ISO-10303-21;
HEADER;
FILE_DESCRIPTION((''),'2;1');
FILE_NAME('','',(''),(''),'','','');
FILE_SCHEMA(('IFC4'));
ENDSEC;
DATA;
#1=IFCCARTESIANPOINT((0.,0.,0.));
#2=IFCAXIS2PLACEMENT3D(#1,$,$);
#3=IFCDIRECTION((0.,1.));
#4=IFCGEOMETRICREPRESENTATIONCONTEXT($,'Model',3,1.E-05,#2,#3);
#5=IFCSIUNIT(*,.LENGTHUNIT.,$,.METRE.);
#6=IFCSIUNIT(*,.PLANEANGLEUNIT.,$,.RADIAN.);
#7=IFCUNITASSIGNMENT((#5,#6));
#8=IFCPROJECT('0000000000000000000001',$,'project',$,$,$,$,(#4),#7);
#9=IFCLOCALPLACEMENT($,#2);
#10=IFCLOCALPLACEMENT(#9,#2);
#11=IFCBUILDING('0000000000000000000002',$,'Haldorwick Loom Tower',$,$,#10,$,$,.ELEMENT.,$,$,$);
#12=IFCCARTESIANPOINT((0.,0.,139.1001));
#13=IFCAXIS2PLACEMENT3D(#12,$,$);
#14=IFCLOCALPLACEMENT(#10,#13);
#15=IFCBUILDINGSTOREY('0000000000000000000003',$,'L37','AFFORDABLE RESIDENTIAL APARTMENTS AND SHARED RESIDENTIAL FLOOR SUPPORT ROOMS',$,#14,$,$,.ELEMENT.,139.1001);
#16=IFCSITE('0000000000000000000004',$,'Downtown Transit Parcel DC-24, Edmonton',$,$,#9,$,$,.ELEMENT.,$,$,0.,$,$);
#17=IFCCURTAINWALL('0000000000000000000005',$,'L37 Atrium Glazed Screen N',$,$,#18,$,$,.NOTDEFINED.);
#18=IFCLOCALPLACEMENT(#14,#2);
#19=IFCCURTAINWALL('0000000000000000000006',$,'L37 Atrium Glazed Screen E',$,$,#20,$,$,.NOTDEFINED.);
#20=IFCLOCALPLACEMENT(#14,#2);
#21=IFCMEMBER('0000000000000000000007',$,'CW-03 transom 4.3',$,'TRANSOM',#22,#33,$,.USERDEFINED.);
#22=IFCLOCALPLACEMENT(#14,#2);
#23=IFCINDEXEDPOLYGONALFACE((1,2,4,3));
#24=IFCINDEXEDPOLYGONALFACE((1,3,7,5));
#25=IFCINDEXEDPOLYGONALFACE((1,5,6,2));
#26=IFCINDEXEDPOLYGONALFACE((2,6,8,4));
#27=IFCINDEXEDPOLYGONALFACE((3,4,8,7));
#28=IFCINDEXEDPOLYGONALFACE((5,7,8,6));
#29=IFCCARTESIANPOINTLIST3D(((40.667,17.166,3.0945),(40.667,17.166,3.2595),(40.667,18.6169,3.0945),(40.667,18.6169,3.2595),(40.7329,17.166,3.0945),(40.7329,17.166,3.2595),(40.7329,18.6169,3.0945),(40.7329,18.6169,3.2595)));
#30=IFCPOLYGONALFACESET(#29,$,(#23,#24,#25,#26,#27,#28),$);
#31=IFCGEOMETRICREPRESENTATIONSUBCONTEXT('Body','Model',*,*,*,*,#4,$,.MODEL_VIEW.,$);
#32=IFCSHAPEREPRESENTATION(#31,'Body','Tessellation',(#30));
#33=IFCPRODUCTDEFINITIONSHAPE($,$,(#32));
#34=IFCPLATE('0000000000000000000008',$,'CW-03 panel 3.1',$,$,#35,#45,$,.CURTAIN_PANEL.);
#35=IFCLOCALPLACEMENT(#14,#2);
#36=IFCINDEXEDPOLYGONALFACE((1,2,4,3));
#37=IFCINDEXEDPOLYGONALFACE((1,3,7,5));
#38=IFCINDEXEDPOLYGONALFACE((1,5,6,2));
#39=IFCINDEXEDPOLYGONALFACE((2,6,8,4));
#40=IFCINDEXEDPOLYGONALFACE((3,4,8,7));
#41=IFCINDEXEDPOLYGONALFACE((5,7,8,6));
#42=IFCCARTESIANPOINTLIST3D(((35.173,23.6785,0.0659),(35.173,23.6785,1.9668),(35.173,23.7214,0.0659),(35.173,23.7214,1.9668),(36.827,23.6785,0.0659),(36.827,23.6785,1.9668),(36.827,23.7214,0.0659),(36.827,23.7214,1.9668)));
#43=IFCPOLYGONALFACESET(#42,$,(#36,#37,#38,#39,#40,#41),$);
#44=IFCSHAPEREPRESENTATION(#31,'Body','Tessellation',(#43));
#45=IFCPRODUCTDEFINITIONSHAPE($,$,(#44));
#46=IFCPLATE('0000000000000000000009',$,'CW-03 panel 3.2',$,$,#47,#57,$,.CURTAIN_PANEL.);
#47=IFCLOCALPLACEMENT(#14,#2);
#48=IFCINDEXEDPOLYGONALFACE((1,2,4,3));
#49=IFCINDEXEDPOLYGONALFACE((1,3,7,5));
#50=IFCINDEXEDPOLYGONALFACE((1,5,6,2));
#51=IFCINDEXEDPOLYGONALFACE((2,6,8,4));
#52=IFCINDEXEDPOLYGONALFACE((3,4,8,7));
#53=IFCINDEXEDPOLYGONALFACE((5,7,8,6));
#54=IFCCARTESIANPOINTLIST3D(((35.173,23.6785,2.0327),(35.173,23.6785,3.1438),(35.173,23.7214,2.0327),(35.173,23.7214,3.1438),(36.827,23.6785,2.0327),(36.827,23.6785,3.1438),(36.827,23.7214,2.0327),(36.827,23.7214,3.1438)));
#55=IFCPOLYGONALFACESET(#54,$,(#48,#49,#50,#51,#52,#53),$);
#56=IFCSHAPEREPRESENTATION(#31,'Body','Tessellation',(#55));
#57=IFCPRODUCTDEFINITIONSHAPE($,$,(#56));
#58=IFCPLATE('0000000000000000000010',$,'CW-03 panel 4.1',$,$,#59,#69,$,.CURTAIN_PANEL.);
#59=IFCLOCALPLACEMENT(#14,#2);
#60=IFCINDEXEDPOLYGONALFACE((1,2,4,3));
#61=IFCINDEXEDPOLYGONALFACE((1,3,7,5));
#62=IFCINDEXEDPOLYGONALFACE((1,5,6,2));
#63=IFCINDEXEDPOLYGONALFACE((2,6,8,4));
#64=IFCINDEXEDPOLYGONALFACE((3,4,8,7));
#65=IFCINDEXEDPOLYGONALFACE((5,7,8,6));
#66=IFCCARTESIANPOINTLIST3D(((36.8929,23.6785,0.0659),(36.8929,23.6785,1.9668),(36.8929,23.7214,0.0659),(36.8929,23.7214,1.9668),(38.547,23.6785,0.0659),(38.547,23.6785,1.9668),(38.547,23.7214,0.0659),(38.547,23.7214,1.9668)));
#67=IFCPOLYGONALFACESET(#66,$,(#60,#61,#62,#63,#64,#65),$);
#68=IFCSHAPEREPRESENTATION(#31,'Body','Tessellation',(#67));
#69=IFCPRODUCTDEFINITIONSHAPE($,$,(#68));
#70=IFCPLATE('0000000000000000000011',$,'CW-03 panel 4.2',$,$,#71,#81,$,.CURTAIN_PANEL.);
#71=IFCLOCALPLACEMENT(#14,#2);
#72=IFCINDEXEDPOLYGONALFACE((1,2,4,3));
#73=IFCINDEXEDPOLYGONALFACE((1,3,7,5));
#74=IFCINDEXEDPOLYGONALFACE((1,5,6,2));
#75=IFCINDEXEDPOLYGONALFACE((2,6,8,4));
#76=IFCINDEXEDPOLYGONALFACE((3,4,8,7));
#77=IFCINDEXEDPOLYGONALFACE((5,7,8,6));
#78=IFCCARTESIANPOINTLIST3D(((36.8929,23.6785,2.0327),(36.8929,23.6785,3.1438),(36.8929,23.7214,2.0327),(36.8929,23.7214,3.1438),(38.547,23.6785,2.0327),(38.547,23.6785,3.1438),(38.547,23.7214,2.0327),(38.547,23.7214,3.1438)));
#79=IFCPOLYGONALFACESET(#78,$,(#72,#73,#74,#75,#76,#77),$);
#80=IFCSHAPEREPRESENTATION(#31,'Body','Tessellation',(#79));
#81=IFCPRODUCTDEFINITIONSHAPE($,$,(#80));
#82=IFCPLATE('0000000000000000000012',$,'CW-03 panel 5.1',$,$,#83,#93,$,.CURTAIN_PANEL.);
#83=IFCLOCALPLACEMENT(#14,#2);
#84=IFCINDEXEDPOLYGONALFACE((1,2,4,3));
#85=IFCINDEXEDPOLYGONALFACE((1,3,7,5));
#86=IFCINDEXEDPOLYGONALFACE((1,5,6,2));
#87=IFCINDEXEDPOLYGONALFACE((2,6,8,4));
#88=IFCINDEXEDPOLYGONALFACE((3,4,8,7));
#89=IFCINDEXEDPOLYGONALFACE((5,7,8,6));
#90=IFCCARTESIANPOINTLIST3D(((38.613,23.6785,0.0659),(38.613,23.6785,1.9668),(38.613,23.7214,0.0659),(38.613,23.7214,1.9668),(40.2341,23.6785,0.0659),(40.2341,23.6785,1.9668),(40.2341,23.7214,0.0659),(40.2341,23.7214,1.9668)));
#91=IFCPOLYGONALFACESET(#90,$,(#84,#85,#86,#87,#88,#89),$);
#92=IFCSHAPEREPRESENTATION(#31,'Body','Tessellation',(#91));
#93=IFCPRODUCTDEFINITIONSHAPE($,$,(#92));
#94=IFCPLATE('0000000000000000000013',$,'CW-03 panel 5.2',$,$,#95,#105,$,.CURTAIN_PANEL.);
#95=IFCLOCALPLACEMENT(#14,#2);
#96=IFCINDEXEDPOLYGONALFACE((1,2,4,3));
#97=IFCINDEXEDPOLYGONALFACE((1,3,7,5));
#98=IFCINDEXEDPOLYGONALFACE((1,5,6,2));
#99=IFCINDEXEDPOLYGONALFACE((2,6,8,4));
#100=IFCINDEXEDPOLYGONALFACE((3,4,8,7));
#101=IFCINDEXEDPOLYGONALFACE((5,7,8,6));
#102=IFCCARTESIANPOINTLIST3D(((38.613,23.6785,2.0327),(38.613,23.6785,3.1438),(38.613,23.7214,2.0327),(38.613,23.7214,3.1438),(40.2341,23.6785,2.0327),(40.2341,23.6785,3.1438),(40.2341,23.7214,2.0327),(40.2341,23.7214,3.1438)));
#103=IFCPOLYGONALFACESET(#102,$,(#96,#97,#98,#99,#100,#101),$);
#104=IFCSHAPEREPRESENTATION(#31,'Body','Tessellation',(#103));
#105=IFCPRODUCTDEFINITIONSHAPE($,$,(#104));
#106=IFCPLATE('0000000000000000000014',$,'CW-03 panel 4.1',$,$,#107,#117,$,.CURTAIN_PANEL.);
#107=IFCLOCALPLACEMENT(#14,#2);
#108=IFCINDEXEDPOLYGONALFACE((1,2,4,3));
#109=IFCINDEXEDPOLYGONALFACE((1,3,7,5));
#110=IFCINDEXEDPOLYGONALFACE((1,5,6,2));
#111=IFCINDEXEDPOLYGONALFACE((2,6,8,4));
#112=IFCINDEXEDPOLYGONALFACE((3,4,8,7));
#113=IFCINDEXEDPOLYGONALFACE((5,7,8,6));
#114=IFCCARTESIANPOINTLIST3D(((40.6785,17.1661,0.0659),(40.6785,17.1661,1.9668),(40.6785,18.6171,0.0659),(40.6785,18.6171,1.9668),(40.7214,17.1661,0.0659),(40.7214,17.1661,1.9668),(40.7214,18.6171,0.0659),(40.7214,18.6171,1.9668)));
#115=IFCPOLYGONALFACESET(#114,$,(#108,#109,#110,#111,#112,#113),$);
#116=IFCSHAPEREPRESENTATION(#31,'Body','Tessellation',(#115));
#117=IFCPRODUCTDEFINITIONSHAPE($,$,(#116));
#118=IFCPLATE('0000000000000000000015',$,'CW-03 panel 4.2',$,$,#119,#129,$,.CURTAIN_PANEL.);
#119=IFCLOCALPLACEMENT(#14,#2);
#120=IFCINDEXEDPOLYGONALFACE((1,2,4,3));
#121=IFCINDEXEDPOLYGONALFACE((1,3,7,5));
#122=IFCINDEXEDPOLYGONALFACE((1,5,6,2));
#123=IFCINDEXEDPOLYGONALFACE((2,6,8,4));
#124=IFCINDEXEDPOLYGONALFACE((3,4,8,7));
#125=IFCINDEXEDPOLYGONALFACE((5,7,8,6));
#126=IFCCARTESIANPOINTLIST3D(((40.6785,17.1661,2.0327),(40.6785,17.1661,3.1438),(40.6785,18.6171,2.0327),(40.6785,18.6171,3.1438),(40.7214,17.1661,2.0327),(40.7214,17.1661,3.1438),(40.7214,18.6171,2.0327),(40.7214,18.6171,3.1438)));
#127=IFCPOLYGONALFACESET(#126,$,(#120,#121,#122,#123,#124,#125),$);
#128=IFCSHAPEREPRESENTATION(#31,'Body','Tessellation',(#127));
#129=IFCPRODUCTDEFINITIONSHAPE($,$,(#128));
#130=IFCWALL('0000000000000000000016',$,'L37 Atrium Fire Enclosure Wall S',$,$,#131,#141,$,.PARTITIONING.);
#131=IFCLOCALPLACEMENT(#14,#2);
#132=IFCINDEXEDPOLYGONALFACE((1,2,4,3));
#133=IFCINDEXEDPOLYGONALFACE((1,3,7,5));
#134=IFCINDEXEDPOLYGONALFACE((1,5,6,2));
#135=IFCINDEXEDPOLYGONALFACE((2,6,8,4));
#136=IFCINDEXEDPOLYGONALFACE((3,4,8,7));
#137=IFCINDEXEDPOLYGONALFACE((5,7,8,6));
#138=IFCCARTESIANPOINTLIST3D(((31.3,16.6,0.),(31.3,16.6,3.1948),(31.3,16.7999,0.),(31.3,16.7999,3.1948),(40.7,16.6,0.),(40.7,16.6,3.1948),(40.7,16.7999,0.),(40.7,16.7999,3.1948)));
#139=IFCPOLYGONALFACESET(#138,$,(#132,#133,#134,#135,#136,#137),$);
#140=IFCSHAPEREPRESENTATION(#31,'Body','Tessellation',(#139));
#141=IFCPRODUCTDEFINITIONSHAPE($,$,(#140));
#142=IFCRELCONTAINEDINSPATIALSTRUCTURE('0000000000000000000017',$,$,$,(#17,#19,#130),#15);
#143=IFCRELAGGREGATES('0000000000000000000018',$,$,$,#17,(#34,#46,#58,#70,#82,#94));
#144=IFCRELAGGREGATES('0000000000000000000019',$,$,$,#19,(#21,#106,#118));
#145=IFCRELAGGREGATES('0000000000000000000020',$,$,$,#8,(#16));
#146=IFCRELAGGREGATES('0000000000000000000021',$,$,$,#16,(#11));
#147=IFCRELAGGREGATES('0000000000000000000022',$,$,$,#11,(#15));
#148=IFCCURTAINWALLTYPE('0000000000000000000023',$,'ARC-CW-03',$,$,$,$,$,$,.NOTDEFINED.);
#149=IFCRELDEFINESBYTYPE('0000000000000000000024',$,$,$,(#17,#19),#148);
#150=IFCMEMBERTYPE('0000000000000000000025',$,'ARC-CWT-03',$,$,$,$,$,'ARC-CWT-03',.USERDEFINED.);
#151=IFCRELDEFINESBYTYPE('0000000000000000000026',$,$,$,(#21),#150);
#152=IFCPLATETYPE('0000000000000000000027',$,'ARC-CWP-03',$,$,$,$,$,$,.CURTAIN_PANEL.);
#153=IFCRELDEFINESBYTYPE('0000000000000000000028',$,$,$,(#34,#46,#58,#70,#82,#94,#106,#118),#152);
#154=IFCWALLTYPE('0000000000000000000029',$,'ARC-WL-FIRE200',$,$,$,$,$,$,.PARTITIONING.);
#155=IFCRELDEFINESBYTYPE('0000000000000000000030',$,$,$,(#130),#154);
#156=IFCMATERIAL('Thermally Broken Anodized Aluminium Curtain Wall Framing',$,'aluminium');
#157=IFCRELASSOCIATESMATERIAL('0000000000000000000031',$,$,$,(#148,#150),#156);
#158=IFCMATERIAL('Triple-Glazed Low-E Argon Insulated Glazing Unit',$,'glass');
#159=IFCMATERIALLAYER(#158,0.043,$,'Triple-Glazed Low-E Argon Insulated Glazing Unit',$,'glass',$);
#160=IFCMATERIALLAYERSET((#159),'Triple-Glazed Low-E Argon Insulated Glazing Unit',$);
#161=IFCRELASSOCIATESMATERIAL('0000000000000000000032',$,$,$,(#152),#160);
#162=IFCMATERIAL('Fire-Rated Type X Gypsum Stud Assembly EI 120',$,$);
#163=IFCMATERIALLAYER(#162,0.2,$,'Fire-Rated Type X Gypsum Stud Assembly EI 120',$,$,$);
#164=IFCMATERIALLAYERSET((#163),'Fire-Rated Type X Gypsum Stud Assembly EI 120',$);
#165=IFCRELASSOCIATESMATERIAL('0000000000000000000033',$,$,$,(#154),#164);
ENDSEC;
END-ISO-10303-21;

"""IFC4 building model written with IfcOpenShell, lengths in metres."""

from ifc_helpers import new_model, si_unit, direction, frame, frame_2d, origin, origin_2d, place, context, subcontext, project, spatial, rectangle, extrude, material, layer, layer_set, material_profile, profile_set, type_object, element, aggregate, save


model = new_model("IFC4")

# Units and contexts
model_context = context("Model", 3, precision=1e-05, world=origin(), true_north=direction((0.0, 1.0)))
body_context = subcontext(model_context, "Body", "Model", "MODEL_VIEW")
ifc_project = project(units=[si_unit("LENGTHUNIT", "METRE"), si_unit("PLANEANGLEUNIT", "RADIAN")], contexts=[model_context])

# Site, building, storey
site_placement = place(None, origin())
site = spatial("IfcSite", under=ifc_project, at=site_placement, Name="Downtown Transit Parcel DC-24, Edmonton", CompositionType="ELEMENT", RefElevation=0.0)
building_placement = place(site_placement, origin())
building = spatial("IfcBuilding", under=site, at=building_placement, Name="Haldorwick Loom Tower", CompositionType="ELEMENT")
storey_placement = place(building_placement, frame((0.0, 0.0, 139.1001)))
storey = spatial("IfcBuildingStorey", under=building, at=storey_placement, Name="L37", Description="AFFORDABLE RESIDENTIAL APARTMENTS AND SHARED RESIDENTIAL FLOOR SUPPORT ROOMS", CompositionType="ELEMENT", Elevation=139.1001)

# Shared definitions
ifc_material_1 = material(Name="Thermally Broken Anodized Aluminium Curtain Wall Framing", Category="aluminium")
curtain_wall_type = type_object("IfcCurtainWallType", Name="ARC-CW-03", PredefinedType="NOTDEFINED", material=ifc_material_1)

# Curtain walls
curtain_wall_1_placement = place(storey_placement, origin())
curtain_wall_1 = element("IfcCurtainWall", 1, at=curtain_wall_1_placement, inside=storey, type_object=curtain_wall_type, Name="L37 Atrium Glazed Screen N", PredefinedType="NOTDEFINED")
curtain_wall_2_placement = place(storey_placement, origin())
curtain_wall_2 = element("IfcCurtainWall", 2, at=curtain_wall_2_placement, inside=storey, type_object=curtain_wall_type, Name="L37 Atrium Glazed Screen E", PredefinedType="NOTDEFINED")

# Member
ifc_material_profile_1 = material_profile(ifc_material_1, rectangle(XDim=0.0659, YDim=0.165, at=origin_2d()), Name="ALU_TRN_66X165", Category="aluminium")
ifc_profile_set_1 = profile_set([ifc_material_profile_1], Name="Thermally Broken Anodized Aluminium Curtain Wall Framing")
member_type_1 = type_object("IfcMemberType", Name="ARC-CWT-03", ElementType="ARC-CWT-03", PredefinedType="USERDEFINED", material=ifc_profile_set_1)
member_1_placement = place(storey_placement, frame((40.7, 18.6169, 3.177), z_axis=(0.0, -1.0, 0.0), x_axis=(1.0, 0.0, 0.0)))
member_1 = element("IfcMember", 3, at=member_1_placement, type_object=member_type_1, Name="CW-03 transom 4.3", ObjectType="TRANSOM", PredefinedType="USERDEFINED", context=body_context, shape_type="SweptSolid", body=[
    extrude(rectangle(XDim=0.0659, YDim=0.165, at=origin_2d()), origin(), (0.0, 0.0, 1.0), 1.4509),
])

# Plates
ifc_material_2 = material(Name="Triple-Glazed Low-E Argon Insulated Glazing Unit", Category="glass")
ifc_layer_1 = layer(ifc_material_2, 0.043, Name="Triple-Glazed Low-E Argon Insulated Glazing Unit", Category="glass")
ifc_layer_set_1 = layer_set([ifc_layer_1], Name="Triple-Glazed Low-E Argon Insulated Glazing Unit")
plate_type = type_object("IfcPlateType", Name="ARC-CWP-03", PredefinedType="CURTAIN_PANEL", material=ifc_layer_set_1)
plate_1_placement = place(storey_placement, frame((36.0, 23.7, 0.0659), z_axis=(0.0, 0.0, 1.0), x_axis=(1.0, 0.0, 0.0)))
plate_1 = element("IfcPlate", 4, at=plate_1_placement, type_object=plate_type, Name="CW-03 panel 3.1", PredefinedType="CURTAIN_PANEL", context=body_context, shape_type="SweptSolid", body=[
    extrude(rectangle(XDim=1.6541, YDim=0.043, at=origin_2d()), origin(), (0.0, 0.0, 1.0), 1.9009),
])
plate_2_placement = place(storey_placement, frame((36.0, 23.7, 2.0327), z_axis=(0.0, 0.0, 1.0), x_axis=(1.0, 0.0, 0.0)))
plate_2 = element("IfcPlate", 5, at=plate_2_placement, type_object=plate_type, Name="CW-03 panel 3.2", PredefinedType="CURTAIN_PANEL", context=body_context, shape_type="SweptSolid", body=[
    extrude(rectangle(XDim=1.6541, YDim=0.043, at=origin_2d()), origin(), (0.0, 0.0, 1.0), 1.1111),
])
plate_3_placement = place(storey_placement, frame((37.72, 23.7, 0.0659), z_axis=(0.0, 0.0, 1.0), x_axis=(1.0, 0.0, 0.0)))
plate_3 = element("IfcPlate", 6, at=plate_3_placement, type_object=plate_type, Name="CW-03 panel 4.1", PredefinedType="CURTAIN_PANEL", context=body_context, shape_type="SweptSolid", body=[
    extrude(rectangle(XDim=1.6541, YDim=0.043, at=origin_2d()), origin(), (0.0, 0.0, 1.0), 1.9009),
])
plate_4_placement = place(storey_placement, frame((37.72, 23.7, 2.0327), z_axis=(0.0, 0.0, 1.0), x_axis=(1.0, 0.0, 0.0)))
plate_4 = element("IfcPlate", 7, at=plate_4_placement, type_object=plate_type, Name="CW-03 panel 4.2", PredefinedType="CURTAIN_PANEL", context=body_context, shape_type="SweptSolid", body=[
    extrude(rectangle(XDim=1.6541, YDim=0.043, at=origin_2d()), origin(), (0.0, 0.0, 1.0), 1.1111),
])
plate_5_placement = place(storey_placement, frame((39.4236, 23.7, 0.0659), z_axis=(0.0, 0.0, 1.0), x_axis=(1.0, 0.0, 0.0)))
plate_5 = element("IfcPlate", 8, at=plate_5_placement, type_object=plate_type, Name="CW-03 panel 5.1", PredefinedType="CURTAIN_PANEL", context=body_context, shape_type="SweptSolid", body=[
    extrude(rectangle(XDim=1.6211, YDim=0.043, at=origin_2d()), origin(), (0.0, 0.0, 1.0), 1.9009),
])
plate_6_placement = place(storey_placement, frame((39.4236, 23.7, 2.0327), z_axis=(0.0, 0.0, 1.0), x_axis=(1.0, 0.0, 0.0)))
plate_6 = element("IfcPlate", 9, at=plate_6_placement, type_object=plate_type, Name="CW-03 panel 5.2", PredefinedType="CURTAIN_PANEL", context=body_context, shape_type="SweptSolid", body=[
    extrude(rectangle(XDim=1.6211, YDim=0.043, at=origin_2d()), origin(), (0.0, 0.0, 1.0), 1.1111),
])
aggregate(curtain_wall_1, [plate_1, plate_2, plate_3, plate_4, plate_5, plate_6])
plate_7_placement = place(storey_placement, frame((40.7, 17.8916, 0.0659), z_axis=(0.0, 0.0, 1.0), x_axis=(0.0, -1.0, 0.0)))
plate_7 = element("IfcPlate", 10, at=plate_7_placement, type_object=plate_type, Name="CW-03 panel 4.1", PredefinedType="CURTAIN_PANEL", context=body_context, shape_type="SweptSolid", body=[
    extrude(rectangle(XDim=1.4509, YDim=0.043, at=origin_2d()), origin(), (0.0, 0.0, 1.0), 1.9009),
])
plate_8_placement = place(storey_placement, frame((40.7, 17.8916, 2.0327), z_axis=(0.0, 0.0, 1.0), x_axis=(0.0, -1.0, 0.0)))
plate_8 = element("IfcPlate", 11, at=plate_8_placement, type_object=plate_type, Name="CW-03 panel 4.2", PredefinedType="CURTAIN_PANEL", context=body_context, shape_type="SweptSolid", body=[
    extrude(rectangle(XDim=1.4509, YDim=0.043, at=origin_2d()), origin(), (0.0, 0.0, 1.0), 1.1111),
])
aggregate(curtain_wall_2, [member_1, plate_7, plate_8])

# Wall
ifc_material_3 = material(Name="Fire-Rated Type X Gypsum Stud Assembly EI 120")
ifc_layer_2 = layer(ifc_material_3, 0.2, Name="Fire-Rated Type X Gypsum Stud Assembly EI 120")
ifc_layer_set_2 = layer_set([ifc_layer_2], Name="Fire-Rated Type X Gypsum Stud Assembly EI 120")
wall_type = type_object("IfcWallType", Name="ARC-WL-FIRE200", PredefinedType="PARTITIONING", material=ifc_layer_set_2)
wall_placement = place(storey_placement, frame((40.7, 16.7, 0.0), z_axis=(0.0, 0.0, 1.0), x_axis=(-1.0, 0.0, 0.0)))
element("IfcWall", 12, at=wall_placement, inside=storey, type_object=wall_type, Name="L37 Atrium Fire Enclosure Wall S", PredefinedType="PARTITIONING", context=body_context, shape_type="SweptSolid", body=[
    extrude(rectangle(XDim=9.3999, YDim=0.2, at=frame_2d((4.7, 0.0))), origin(), (0.0, 0.0, 1.0), 3.1948),
])

save(model, "model.ifc")
